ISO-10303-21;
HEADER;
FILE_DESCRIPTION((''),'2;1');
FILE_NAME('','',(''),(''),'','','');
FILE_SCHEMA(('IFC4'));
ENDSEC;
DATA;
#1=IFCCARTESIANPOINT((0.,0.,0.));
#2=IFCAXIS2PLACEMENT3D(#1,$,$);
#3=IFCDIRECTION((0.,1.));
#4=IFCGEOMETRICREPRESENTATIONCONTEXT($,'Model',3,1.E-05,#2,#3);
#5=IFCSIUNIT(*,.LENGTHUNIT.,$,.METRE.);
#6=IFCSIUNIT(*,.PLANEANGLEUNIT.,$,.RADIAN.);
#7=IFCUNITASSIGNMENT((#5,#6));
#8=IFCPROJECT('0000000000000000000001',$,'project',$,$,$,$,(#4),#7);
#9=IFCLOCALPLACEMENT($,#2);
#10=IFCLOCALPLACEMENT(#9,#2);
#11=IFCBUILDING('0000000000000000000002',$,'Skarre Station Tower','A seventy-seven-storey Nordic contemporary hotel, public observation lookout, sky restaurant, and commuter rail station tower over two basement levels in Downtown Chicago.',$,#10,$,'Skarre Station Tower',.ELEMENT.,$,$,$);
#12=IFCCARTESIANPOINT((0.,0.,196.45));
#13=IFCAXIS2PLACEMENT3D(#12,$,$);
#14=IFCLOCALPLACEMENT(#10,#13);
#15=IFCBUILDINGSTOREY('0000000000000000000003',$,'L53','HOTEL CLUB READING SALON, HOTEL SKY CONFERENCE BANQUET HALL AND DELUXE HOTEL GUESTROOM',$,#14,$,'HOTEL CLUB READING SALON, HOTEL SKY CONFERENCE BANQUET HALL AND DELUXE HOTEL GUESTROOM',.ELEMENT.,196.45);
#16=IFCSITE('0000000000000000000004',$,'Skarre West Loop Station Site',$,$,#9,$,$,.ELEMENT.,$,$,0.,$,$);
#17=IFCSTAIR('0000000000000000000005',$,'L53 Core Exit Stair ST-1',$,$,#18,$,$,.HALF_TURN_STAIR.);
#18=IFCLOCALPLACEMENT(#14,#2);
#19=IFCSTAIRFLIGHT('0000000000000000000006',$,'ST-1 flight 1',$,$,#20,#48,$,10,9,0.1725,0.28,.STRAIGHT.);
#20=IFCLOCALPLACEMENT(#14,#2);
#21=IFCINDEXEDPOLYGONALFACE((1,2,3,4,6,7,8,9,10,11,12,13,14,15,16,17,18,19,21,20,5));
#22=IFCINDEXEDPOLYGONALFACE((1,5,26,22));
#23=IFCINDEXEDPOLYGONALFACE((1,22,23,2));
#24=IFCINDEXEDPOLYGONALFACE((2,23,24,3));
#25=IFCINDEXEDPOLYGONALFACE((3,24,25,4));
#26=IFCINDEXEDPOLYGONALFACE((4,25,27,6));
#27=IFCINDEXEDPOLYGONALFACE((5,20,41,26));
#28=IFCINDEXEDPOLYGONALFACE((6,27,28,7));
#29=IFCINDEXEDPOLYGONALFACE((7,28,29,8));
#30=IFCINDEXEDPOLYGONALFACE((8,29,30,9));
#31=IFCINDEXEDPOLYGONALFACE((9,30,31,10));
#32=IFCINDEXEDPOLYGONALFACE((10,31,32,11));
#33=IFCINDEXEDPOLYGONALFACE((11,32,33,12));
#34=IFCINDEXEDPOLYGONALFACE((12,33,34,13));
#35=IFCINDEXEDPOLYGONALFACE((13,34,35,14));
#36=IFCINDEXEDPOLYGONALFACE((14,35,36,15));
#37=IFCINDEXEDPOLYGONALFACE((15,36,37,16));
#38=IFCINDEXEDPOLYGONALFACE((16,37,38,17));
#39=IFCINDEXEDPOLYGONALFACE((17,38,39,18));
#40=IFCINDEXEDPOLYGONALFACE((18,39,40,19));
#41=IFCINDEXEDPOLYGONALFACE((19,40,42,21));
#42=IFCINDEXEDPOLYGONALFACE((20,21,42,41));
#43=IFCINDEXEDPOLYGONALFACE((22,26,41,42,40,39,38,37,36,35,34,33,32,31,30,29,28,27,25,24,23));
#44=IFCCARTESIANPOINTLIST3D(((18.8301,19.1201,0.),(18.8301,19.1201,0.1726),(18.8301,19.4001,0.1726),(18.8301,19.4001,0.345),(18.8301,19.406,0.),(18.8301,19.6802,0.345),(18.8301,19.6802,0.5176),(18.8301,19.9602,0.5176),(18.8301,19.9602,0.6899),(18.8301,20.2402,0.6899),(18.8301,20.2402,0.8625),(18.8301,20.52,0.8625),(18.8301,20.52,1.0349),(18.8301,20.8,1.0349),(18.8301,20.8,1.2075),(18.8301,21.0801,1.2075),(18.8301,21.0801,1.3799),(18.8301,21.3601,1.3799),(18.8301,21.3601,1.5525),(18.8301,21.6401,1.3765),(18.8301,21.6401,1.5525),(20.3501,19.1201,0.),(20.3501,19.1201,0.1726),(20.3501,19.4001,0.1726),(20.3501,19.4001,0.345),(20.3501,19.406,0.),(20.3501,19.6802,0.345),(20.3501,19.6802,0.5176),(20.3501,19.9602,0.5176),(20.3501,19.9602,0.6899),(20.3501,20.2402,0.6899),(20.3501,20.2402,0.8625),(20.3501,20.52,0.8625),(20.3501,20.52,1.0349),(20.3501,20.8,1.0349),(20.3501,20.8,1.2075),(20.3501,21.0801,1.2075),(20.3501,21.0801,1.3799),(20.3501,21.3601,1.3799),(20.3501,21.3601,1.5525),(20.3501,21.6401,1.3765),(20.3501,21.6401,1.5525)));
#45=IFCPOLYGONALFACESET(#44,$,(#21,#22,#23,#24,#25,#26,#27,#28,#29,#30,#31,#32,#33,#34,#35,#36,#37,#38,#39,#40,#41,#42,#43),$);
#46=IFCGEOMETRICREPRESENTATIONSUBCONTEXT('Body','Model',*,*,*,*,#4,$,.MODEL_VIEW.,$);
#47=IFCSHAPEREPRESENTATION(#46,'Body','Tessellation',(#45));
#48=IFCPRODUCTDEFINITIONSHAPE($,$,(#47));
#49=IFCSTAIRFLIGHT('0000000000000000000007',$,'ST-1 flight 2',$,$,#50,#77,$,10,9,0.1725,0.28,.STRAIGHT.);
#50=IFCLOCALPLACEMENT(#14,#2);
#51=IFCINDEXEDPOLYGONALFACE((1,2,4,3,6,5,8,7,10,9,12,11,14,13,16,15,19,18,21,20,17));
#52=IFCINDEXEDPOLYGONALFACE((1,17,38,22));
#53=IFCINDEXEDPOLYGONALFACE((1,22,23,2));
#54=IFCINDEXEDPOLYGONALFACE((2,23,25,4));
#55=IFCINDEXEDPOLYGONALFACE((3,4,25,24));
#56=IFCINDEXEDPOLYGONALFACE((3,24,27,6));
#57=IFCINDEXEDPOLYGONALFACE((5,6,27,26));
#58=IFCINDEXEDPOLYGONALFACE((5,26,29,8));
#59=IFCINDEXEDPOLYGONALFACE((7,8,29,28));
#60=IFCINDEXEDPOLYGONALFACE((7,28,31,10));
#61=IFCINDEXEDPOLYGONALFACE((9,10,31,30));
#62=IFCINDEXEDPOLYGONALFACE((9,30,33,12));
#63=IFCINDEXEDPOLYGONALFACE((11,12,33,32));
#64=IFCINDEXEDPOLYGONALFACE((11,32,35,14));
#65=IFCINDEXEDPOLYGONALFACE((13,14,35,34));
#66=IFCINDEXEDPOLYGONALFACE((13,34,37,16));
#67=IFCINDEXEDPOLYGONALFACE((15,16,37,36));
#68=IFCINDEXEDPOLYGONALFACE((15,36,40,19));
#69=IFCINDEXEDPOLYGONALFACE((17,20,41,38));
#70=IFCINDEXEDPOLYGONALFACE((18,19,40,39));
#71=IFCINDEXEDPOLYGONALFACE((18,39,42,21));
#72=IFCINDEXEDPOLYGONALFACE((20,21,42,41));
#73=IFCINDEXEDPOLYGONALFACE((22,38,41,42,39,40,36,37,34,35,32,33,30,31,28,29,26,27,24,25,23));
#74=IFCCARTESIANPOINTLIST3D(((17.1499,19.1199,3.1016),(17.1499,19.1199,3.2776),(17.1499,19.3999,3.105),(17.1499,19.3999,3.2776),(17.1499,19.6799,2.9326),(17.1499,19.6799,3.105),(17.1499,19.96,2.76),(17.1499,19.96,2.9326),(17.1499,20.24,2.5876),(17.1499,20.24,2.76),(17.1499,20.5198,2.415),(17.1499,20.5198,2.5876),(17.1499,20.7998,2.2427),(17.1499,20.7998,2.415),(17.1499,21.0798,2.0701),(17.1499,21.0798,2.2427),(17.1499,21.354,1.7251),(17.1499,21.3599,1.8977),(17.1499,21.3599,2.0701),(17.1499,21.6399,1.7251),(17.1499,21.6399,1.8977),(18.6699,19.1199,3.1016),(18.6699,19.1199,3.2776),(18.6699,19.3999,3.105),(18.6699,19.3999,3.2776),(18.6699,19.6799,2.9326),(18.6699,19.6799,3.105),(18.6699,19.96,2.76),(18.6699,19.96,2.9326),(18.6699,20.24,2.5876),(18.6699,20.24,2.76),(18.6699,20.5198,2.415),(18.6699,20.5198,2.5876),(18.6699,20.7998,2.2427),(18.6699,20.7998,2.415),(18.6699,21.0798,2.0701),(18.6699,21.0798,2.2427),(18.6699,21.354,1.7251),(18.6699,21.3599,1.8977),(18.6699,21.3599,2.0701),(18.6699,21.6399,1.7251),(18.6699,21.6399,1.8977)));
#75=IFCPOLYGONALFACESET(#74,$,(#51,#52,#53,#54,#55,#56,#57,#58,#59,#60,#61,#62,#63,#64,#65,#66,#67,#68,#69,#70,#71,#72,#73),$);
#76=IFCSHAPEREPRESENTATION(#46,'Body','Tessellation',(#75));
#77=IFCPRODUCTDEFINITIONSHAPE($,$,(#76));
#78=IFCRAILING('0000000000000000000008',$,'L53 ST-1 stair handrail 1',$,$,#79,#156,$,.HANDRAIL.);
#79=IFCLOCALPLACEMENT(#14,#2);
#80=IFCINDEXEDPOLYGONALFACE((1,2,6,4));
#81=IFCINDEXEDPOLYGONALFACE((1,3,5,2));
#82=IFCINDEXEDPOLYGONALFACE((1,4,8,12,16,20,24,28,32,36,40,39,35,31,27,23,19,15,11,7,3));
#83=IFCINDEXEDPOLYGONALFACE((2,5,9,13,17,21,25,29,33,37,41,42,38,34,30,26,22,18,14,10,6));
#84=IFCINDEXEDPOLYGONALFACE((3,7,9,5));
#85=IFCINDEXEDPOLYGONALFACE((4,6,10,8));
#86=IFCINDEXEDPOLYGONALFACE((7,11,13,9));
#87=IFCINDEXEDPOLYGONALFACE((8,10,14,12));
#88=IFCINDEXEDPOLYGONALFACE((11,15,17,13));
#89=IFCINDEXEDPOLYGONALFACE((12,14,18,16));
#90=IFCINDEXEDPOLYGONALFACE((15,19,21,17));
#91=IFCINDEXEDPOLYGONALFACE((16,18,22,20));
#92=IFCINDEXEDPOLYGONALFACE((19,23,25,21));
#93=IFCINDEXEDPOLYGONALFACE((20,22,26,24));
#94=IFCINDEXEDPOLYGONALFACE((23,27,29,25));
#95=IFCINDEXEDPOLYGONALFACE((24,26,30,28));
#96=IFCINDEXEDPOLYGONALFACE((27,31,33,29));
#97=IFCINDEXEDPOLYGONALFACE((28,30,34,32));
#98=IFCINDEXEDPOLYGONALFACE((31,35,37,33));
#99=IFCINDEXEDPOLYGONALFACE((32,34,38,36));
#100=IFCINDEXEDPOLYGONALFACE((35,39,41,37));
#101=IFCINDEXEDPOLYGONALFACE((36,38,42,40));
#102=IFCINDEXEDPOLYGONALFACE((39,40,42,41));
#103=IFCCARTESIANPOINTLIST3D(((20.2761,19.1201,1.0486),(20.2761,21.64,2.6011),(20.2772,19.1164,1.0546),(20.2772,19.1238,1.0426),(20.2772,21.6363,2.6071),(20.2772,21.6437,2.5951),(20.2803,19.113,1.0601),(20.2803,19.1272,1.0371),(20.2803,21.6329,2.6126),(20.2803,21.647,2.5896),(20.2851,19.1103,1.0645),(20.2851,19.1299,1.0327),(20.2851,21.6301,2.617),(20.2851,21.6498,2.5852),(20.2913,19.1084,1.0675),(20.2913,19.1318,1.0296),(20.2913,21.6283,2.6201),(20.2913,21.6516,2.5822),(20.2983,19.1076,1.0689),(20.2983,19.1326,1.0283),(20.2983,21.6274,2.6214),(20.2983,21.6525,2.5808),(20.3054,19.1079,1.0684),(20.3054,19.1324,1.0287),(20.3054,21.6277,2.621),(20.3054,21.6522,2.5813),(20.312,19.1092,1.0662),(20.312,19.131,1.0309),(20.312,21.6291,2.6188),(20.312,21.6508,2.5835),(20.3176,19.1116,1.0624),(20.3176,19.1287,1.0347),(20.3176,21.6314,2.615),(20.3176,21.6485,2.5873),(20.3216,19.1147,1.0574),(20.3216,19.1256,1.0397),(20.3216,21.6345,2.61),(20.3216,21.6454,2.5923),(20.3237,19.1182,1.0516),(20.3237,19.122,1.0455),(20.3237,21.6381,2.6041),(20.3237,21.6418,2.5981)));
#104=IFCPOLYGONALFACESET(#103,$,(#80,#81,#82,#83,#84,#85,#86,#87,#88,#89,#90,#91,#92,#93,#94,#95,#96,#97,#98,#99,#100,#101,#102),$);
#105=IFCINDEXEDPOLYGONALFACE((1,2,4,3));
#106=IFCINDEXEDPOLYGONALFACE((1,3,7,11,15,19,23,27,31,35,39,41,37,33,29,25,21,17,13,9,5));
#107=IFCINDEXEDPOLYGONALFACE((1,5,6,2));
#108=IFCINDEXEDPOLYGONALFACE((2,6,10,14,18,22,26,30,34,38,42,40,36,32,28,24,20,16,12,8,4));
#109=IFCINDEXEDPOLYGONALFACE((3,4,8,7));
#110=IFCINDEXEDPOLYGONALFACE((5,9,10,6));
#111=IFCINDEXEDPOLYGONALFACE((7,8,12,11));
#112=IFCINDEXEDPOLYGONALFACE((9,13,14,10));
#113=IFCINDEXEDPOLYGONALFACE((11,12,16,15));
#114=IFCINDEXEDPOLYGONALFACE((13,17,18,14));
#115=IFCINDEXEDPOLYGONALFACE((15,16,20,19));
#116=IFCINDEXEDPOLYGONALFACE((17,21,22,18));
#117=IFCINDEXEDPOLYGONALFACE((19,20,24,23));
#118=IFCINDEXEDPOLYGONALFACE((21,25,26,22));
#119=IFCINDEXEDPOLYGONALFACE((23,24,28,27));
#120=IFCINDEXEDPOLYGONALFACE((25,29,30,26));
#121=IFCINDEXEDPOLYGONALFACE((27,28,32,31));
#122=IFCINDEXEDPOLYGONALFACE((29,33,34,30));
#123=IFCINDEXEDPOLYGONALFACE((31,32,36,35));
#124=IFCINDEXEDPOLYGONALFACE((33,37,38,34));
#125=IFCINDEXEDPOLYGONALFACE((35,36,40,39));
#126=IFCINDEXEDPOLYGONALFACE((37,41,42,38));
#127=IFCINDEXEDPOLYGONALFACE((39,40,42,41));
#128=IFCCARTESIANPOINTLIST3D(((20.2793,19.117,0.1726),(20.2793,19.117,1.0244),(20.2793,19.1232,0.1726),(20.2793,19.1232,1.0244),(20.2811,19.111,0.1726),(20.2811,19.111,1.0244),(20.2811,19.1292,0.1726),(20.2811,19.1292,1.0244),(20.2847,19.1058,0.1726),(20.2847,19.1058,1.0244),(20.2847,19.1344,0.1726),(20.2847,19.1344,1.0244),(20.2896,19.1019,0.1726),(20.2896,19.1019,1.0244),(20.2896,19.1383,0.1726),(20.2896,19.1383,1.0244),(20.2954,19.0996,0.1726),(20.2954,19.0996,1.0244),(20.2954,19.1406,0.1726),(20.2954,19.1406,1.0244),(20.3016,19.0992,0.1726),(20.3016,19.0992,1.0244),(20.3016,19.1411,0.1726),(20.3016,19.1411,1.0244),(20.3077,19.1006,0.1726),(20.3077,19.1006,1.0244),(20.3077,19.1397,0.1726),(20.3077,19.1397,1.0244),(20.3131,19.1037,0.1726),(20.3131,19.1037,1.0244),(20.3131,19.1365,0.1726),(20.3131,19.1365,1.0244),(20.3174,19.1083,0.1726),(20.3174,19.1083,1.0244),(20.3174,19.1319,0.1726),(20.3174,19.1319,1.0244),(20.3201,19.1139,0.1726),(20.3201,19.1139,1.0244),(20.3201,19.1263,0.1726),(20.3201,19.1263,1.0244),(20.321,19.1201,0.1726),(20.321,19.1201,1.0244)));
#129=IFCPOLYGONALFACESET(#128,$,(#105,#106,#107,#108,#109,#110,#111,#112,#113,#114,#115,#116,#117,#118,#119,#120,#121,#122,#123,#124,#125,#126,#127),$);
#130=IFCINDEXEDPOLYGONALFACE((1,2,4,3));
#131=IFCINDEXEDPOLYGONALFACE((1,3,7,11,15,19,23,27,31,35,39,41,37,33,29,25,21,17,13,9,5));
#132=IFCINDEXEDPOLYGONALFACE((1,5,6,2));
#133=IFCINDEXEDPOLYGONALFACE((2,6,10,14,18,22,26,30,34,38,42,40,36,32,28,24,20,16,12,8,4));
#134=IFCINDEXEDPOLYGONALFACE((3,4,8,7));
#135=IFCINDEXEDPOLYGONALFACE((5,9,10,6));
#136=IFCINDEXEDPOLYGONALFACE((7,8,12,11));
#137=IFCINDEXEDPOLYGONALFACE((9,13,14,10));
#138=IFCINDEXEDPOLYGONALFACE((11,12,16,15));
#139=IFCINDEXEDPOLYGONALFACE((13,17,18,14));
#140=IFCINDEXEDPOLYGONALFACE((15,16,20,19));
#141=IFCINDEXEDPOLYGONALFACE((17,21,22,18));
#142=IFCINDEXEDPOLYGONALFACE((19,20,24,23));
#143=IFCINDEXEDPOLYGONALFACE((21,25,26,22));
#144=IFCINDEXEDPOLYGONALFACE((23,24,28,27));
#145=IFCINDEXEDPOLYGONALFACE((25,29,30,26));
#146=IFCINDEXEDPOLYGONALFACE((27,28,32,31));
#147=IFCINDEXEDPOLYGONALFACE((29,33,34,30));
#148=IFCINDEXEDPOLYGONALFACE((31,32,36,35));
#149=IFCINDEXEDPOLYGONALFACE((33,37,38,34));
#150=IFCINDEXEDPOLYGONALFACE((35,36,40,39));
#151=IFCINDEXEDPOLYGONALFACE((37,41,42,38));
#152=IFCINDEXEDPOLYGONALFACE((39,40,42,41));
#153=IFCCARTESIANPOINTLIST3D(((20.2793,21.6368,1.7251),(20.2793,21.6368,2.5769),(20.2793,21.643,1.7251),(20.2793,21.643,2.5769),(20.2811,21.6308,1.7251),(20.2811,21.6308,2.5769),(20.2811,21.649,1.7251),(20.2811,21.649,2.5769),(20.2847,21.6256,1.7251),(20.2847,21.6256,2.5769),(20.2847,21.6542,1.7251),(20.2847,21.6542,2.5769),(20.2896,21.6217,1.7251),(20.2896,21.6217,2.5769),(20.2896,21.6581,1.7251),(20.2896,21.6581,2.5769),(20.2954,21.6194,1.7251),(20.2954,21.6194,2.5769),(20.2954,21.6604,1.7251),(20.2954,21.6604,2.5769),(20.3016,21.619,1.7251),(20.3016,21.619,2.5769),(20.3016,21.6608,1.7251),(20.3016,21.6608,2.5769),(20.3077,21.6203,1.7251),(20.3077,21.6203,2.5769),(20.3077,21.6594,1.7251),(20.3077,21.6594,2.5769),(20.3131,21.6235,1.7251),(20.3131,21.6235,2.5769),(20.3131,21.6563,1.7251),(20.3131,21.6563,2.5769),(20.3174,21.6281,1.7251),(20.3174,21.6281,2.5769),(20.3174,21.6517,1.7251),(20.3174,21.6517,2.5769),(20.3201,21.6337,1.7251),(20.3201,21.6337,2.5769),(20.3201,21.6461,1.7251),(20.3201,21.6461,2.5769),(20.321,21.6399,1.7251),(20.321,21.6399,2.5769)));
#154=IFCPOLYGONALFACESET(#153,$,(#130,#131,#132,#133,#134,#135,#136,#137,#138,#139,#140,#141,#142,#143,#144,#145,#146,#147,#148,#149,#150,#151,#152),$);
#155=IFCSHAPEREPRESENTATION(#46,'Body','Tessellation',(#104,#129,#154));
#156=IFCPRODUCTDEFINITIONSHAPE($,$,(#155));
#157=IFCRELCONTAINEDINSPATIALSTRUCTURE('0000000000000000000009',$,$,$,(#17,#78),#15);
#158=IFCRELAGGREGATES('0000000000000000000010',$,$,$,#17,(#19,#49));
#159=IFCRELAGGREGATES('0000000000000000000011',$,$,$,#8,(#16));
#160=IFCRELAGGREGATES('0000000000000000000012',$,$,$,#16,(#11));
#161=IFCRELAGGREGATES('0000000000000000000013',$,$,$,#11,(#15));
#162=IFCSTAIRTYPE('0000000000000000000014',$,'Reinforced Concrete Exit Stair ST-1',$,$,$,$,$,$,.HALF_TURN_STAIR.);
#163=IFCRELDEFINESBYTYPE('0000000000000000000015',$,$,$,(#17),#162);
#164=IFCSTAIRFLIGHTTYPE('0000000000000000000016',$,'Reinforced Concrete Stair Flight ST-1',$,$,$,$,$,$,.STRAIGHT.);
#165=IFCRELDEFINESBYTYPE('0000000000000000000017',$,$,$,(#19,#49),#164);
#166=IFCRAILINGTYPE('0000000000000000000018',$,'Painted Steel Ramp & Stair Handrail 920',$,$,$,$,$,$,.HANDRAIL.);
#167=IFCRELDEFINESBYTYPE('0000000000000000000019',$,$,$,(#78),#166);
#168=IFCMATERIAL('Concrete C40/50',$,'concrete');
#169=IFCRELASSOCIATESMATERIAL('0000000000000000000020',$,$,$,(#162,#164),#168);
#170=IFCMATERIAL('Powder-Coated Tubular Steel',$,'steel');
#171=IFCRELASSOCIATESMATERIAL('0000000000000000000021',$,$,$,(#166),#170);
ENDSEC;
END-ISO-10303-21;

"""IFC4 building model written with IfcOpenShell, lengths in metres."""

from ifc_helpers import new_model, si_unit, direction, frame, origin, origin_2d, place, context, subcontext, project, spatial, polyline, circle, outline, extrude, material, type_object, element, aggregate, save


model = new_model("IFC4")

# Units and contexts
model_context = context("Model", 3, precision=1e-05, world=origin(), true_north=direction((0.0, 1.0)))
body_context = subcontext(model_context, "Body", "Model", "MODEL_VIEW")
ifc_project = project(units=[si_unit("LENGTHUNIT", "METRE"), si_unit("PLANEANGLEUNIT", "RADIAN")], contexts=[model_context])

# Site, building, storey
site_placement = place(None, origin())
site = spatial("IfcSite", under=ifc_project, at=site_placement, Name="Skarre West Loop Station Site", CompositionType="ELEMENT", RefElevation=0.0)
building_placement = place(site_placement, origin())
building = spatial("IfcBuilding", under=site, at=building_placement, Name="Skarre Station Tower", Description="A seventy-seven-storey Nordic contemporary hotel, public observation lookout, sky restaurant, and commuter rail station tower over two basement levels in Downtown Chicago.", LongName="Skarre Station Tower", CompositionType="ELEMENT")
storey_placement = place(building_placement, frame((0.0, 0.0, 196.45)))
storey = spatial("IfcBuildingStorey", under=building, at=storey_placement, Name="L53", Description="HOTEL CLUB READING SALON, HOTEL SKY CONFERENCE BANQUET HALL AND DELUXE HOTEL GUESTROOM", LongName="HOTEL CLUB READING SALON, HOTEL SKY CONFERENCE BANQUET HALL AND DELUXE HOTEL GUESTROOM", CompositionType="ELEMENT", Elevation=196.45)

# Stair
ifc_material_1 = material(Name="Concrete C40/50", Category="concrete")
stair_type_1 = type_object("IfcStairType", Name="Reinforced Concrete Exit Stair ST-1", PredefinedType="HALF_TURN_STAIR", material=ifc_material_1)
stair_1_placement = place(storey_placement, origin())
stair_1 = element("IfcStair", 1, at=stair_1_placement, inside=storey, type_object=stair_type_1, Name="L53 Core Exit Stair ST-1", PredefinedType="HALF_TURN_STAIR")

# Stair flights
stair_flight_type = type_object("IfcStairFlightType", Name="Reinforced Concrete Stair Flight ST-1", PredefinedType="STRAIGHT", material=ifc_material_1)
stair_flight_1_placement = place(storey_placement, frame((19.5901, 19.1201, 0.0), z_axis=(0.0, 0.0, 1.0), x_axis=(0.0, 1.0, 0.0)))
stair_flight_1 = element("IfcStairFlight", 2, at=stair_flight_1_placement, type_object=stair_flight_type, Name="ST-1 flight 1", NumberOfRisers=10, NumberOfTreads=9, PredefinedType="STRAIGHT", RiserHeight=0.1725, TreadLength=0.28, context=body_context, shape_type="SweptSolid", body=[
    extrude(outline(polyline([(0.0, 0.0), (0.0, 0.1726), (0.28, 0.1726), (0.28, 0.345), (0.5601, 0.345), (0.5601, 0.5176), (0.8401, 0.5176), (0.8401, 0.6899), (1.1201, 0.6899), (1.1201, 0.8625), (1.3999, 0.8625), (1.3999, 1.0349), (1.6799, 1.0349), (1.6799, 1.2075), (1.96, 1.2075), (1.96, 1.3799), (2.24, 1.3799), (2.24, 1.5525), (2.52, 1.5525), (2.52, 1.7251), (2.52, 1.3765), (0.2859, 0.0), (0.0, 0.0)])), frame((0.0, 0.76, 0.0), z_axis=(0.0, -1.0, 0.0), x_axis=(1.0, 0.0, 0.0)), (0.0, 0.0, 1.0), 1.52),
])
stair_flight_2_placement = place(storey_placement, frame((17.9099, 21.6399, 1.7251), z_axis=(0.0, 0.0, 1.0), x_axis=(0.0, -1.0, 0.0)))
stair_flight_2 = element("IfcStairFlight", 3, at=stair_flight_2_placement, type_object=stair_flight_type, Name="ST-1 flight 2", NumberOfRisers=10, NumberOfTreads=9, PredefinedType="STRAIGHT", RiserHeight=0.1725, TreadLength=0.28, context=body_context, shape_type="SweptSolid", body=[
    extrude(outline(polyline([(0.0, 0.0), (0.0, 0.1726), (0.28, 0.1726), (0.28, 0.345), (0.5601, 0.345), (0.5601, 0.5176), (0.8401, 0.5176), (0.8401, 0.6899), (1.1201, 0.6899), (1.1201, 0.8625), (1.3999, 0.8625), (1.3999, 1.0349), (1.6799, 1.0349), (1.6799, 1.2075), (1.96, 1.2075), (1.96, 1.3799), (2.24, 1.3799), (2.24, 1.5525), (2.52, 1.5525), (2.52, 1.7251), (2.52, 1.3765), (0.2859, 0.0), (0.0, 0.0)])), frame((0.0, 0.76, 0.0), z_axis=(0.0, -1.0, 0.0), x_axis=(1.0, 0.0, 0.0)), (0.0, 0.0, 1.0), 1.52),
])
aggregate(stair_1, [stair_flight_1, stair_flight_2])

# Railing
ifc_material_2 = material(Name="Powder-Coated Tubular Steel", Category="steel")
railing_type_1 = type_object("IfcRailingType", Name="Painted Steel Ramp & Stair Handrail 920", PredefinedType="HANDRAIL", material=ifc_material_2)
railing_1_placement = place(storey_placement, frame((20.3, 19.1201, 0.1726)))
element("IfcRailing", 4, at=railing_1_placement, inside=storey, type_object=railing_type_1, Name="L53 ST-1 stair handrail 1", PredefinedType="HANDRAIL", context=body_context, shape_type="SweptSolid", body=[
    extrude(circle(Radius=0.0239, at=origin_2d()), frame((0.0, 0.0, 0.876), z_axis=(0.0, 0.851378, 0.524553), x_axis=(-1.0, 0.0, 0.0)), (0.0, 0.0, 1.0), 2.9597),
    extrude(circle(Radius=0.021, at=origin_2d()), origin(), (0.0, 0.0, 1.0), 0.8518),
    extrude(circle(Radius=0.021, at=origin_2d()), frame((0.0, 2.5198, 1.5525)), (0.0, 0.0, 1.0), 0.8518),
])

save(model, "model.ifc")
